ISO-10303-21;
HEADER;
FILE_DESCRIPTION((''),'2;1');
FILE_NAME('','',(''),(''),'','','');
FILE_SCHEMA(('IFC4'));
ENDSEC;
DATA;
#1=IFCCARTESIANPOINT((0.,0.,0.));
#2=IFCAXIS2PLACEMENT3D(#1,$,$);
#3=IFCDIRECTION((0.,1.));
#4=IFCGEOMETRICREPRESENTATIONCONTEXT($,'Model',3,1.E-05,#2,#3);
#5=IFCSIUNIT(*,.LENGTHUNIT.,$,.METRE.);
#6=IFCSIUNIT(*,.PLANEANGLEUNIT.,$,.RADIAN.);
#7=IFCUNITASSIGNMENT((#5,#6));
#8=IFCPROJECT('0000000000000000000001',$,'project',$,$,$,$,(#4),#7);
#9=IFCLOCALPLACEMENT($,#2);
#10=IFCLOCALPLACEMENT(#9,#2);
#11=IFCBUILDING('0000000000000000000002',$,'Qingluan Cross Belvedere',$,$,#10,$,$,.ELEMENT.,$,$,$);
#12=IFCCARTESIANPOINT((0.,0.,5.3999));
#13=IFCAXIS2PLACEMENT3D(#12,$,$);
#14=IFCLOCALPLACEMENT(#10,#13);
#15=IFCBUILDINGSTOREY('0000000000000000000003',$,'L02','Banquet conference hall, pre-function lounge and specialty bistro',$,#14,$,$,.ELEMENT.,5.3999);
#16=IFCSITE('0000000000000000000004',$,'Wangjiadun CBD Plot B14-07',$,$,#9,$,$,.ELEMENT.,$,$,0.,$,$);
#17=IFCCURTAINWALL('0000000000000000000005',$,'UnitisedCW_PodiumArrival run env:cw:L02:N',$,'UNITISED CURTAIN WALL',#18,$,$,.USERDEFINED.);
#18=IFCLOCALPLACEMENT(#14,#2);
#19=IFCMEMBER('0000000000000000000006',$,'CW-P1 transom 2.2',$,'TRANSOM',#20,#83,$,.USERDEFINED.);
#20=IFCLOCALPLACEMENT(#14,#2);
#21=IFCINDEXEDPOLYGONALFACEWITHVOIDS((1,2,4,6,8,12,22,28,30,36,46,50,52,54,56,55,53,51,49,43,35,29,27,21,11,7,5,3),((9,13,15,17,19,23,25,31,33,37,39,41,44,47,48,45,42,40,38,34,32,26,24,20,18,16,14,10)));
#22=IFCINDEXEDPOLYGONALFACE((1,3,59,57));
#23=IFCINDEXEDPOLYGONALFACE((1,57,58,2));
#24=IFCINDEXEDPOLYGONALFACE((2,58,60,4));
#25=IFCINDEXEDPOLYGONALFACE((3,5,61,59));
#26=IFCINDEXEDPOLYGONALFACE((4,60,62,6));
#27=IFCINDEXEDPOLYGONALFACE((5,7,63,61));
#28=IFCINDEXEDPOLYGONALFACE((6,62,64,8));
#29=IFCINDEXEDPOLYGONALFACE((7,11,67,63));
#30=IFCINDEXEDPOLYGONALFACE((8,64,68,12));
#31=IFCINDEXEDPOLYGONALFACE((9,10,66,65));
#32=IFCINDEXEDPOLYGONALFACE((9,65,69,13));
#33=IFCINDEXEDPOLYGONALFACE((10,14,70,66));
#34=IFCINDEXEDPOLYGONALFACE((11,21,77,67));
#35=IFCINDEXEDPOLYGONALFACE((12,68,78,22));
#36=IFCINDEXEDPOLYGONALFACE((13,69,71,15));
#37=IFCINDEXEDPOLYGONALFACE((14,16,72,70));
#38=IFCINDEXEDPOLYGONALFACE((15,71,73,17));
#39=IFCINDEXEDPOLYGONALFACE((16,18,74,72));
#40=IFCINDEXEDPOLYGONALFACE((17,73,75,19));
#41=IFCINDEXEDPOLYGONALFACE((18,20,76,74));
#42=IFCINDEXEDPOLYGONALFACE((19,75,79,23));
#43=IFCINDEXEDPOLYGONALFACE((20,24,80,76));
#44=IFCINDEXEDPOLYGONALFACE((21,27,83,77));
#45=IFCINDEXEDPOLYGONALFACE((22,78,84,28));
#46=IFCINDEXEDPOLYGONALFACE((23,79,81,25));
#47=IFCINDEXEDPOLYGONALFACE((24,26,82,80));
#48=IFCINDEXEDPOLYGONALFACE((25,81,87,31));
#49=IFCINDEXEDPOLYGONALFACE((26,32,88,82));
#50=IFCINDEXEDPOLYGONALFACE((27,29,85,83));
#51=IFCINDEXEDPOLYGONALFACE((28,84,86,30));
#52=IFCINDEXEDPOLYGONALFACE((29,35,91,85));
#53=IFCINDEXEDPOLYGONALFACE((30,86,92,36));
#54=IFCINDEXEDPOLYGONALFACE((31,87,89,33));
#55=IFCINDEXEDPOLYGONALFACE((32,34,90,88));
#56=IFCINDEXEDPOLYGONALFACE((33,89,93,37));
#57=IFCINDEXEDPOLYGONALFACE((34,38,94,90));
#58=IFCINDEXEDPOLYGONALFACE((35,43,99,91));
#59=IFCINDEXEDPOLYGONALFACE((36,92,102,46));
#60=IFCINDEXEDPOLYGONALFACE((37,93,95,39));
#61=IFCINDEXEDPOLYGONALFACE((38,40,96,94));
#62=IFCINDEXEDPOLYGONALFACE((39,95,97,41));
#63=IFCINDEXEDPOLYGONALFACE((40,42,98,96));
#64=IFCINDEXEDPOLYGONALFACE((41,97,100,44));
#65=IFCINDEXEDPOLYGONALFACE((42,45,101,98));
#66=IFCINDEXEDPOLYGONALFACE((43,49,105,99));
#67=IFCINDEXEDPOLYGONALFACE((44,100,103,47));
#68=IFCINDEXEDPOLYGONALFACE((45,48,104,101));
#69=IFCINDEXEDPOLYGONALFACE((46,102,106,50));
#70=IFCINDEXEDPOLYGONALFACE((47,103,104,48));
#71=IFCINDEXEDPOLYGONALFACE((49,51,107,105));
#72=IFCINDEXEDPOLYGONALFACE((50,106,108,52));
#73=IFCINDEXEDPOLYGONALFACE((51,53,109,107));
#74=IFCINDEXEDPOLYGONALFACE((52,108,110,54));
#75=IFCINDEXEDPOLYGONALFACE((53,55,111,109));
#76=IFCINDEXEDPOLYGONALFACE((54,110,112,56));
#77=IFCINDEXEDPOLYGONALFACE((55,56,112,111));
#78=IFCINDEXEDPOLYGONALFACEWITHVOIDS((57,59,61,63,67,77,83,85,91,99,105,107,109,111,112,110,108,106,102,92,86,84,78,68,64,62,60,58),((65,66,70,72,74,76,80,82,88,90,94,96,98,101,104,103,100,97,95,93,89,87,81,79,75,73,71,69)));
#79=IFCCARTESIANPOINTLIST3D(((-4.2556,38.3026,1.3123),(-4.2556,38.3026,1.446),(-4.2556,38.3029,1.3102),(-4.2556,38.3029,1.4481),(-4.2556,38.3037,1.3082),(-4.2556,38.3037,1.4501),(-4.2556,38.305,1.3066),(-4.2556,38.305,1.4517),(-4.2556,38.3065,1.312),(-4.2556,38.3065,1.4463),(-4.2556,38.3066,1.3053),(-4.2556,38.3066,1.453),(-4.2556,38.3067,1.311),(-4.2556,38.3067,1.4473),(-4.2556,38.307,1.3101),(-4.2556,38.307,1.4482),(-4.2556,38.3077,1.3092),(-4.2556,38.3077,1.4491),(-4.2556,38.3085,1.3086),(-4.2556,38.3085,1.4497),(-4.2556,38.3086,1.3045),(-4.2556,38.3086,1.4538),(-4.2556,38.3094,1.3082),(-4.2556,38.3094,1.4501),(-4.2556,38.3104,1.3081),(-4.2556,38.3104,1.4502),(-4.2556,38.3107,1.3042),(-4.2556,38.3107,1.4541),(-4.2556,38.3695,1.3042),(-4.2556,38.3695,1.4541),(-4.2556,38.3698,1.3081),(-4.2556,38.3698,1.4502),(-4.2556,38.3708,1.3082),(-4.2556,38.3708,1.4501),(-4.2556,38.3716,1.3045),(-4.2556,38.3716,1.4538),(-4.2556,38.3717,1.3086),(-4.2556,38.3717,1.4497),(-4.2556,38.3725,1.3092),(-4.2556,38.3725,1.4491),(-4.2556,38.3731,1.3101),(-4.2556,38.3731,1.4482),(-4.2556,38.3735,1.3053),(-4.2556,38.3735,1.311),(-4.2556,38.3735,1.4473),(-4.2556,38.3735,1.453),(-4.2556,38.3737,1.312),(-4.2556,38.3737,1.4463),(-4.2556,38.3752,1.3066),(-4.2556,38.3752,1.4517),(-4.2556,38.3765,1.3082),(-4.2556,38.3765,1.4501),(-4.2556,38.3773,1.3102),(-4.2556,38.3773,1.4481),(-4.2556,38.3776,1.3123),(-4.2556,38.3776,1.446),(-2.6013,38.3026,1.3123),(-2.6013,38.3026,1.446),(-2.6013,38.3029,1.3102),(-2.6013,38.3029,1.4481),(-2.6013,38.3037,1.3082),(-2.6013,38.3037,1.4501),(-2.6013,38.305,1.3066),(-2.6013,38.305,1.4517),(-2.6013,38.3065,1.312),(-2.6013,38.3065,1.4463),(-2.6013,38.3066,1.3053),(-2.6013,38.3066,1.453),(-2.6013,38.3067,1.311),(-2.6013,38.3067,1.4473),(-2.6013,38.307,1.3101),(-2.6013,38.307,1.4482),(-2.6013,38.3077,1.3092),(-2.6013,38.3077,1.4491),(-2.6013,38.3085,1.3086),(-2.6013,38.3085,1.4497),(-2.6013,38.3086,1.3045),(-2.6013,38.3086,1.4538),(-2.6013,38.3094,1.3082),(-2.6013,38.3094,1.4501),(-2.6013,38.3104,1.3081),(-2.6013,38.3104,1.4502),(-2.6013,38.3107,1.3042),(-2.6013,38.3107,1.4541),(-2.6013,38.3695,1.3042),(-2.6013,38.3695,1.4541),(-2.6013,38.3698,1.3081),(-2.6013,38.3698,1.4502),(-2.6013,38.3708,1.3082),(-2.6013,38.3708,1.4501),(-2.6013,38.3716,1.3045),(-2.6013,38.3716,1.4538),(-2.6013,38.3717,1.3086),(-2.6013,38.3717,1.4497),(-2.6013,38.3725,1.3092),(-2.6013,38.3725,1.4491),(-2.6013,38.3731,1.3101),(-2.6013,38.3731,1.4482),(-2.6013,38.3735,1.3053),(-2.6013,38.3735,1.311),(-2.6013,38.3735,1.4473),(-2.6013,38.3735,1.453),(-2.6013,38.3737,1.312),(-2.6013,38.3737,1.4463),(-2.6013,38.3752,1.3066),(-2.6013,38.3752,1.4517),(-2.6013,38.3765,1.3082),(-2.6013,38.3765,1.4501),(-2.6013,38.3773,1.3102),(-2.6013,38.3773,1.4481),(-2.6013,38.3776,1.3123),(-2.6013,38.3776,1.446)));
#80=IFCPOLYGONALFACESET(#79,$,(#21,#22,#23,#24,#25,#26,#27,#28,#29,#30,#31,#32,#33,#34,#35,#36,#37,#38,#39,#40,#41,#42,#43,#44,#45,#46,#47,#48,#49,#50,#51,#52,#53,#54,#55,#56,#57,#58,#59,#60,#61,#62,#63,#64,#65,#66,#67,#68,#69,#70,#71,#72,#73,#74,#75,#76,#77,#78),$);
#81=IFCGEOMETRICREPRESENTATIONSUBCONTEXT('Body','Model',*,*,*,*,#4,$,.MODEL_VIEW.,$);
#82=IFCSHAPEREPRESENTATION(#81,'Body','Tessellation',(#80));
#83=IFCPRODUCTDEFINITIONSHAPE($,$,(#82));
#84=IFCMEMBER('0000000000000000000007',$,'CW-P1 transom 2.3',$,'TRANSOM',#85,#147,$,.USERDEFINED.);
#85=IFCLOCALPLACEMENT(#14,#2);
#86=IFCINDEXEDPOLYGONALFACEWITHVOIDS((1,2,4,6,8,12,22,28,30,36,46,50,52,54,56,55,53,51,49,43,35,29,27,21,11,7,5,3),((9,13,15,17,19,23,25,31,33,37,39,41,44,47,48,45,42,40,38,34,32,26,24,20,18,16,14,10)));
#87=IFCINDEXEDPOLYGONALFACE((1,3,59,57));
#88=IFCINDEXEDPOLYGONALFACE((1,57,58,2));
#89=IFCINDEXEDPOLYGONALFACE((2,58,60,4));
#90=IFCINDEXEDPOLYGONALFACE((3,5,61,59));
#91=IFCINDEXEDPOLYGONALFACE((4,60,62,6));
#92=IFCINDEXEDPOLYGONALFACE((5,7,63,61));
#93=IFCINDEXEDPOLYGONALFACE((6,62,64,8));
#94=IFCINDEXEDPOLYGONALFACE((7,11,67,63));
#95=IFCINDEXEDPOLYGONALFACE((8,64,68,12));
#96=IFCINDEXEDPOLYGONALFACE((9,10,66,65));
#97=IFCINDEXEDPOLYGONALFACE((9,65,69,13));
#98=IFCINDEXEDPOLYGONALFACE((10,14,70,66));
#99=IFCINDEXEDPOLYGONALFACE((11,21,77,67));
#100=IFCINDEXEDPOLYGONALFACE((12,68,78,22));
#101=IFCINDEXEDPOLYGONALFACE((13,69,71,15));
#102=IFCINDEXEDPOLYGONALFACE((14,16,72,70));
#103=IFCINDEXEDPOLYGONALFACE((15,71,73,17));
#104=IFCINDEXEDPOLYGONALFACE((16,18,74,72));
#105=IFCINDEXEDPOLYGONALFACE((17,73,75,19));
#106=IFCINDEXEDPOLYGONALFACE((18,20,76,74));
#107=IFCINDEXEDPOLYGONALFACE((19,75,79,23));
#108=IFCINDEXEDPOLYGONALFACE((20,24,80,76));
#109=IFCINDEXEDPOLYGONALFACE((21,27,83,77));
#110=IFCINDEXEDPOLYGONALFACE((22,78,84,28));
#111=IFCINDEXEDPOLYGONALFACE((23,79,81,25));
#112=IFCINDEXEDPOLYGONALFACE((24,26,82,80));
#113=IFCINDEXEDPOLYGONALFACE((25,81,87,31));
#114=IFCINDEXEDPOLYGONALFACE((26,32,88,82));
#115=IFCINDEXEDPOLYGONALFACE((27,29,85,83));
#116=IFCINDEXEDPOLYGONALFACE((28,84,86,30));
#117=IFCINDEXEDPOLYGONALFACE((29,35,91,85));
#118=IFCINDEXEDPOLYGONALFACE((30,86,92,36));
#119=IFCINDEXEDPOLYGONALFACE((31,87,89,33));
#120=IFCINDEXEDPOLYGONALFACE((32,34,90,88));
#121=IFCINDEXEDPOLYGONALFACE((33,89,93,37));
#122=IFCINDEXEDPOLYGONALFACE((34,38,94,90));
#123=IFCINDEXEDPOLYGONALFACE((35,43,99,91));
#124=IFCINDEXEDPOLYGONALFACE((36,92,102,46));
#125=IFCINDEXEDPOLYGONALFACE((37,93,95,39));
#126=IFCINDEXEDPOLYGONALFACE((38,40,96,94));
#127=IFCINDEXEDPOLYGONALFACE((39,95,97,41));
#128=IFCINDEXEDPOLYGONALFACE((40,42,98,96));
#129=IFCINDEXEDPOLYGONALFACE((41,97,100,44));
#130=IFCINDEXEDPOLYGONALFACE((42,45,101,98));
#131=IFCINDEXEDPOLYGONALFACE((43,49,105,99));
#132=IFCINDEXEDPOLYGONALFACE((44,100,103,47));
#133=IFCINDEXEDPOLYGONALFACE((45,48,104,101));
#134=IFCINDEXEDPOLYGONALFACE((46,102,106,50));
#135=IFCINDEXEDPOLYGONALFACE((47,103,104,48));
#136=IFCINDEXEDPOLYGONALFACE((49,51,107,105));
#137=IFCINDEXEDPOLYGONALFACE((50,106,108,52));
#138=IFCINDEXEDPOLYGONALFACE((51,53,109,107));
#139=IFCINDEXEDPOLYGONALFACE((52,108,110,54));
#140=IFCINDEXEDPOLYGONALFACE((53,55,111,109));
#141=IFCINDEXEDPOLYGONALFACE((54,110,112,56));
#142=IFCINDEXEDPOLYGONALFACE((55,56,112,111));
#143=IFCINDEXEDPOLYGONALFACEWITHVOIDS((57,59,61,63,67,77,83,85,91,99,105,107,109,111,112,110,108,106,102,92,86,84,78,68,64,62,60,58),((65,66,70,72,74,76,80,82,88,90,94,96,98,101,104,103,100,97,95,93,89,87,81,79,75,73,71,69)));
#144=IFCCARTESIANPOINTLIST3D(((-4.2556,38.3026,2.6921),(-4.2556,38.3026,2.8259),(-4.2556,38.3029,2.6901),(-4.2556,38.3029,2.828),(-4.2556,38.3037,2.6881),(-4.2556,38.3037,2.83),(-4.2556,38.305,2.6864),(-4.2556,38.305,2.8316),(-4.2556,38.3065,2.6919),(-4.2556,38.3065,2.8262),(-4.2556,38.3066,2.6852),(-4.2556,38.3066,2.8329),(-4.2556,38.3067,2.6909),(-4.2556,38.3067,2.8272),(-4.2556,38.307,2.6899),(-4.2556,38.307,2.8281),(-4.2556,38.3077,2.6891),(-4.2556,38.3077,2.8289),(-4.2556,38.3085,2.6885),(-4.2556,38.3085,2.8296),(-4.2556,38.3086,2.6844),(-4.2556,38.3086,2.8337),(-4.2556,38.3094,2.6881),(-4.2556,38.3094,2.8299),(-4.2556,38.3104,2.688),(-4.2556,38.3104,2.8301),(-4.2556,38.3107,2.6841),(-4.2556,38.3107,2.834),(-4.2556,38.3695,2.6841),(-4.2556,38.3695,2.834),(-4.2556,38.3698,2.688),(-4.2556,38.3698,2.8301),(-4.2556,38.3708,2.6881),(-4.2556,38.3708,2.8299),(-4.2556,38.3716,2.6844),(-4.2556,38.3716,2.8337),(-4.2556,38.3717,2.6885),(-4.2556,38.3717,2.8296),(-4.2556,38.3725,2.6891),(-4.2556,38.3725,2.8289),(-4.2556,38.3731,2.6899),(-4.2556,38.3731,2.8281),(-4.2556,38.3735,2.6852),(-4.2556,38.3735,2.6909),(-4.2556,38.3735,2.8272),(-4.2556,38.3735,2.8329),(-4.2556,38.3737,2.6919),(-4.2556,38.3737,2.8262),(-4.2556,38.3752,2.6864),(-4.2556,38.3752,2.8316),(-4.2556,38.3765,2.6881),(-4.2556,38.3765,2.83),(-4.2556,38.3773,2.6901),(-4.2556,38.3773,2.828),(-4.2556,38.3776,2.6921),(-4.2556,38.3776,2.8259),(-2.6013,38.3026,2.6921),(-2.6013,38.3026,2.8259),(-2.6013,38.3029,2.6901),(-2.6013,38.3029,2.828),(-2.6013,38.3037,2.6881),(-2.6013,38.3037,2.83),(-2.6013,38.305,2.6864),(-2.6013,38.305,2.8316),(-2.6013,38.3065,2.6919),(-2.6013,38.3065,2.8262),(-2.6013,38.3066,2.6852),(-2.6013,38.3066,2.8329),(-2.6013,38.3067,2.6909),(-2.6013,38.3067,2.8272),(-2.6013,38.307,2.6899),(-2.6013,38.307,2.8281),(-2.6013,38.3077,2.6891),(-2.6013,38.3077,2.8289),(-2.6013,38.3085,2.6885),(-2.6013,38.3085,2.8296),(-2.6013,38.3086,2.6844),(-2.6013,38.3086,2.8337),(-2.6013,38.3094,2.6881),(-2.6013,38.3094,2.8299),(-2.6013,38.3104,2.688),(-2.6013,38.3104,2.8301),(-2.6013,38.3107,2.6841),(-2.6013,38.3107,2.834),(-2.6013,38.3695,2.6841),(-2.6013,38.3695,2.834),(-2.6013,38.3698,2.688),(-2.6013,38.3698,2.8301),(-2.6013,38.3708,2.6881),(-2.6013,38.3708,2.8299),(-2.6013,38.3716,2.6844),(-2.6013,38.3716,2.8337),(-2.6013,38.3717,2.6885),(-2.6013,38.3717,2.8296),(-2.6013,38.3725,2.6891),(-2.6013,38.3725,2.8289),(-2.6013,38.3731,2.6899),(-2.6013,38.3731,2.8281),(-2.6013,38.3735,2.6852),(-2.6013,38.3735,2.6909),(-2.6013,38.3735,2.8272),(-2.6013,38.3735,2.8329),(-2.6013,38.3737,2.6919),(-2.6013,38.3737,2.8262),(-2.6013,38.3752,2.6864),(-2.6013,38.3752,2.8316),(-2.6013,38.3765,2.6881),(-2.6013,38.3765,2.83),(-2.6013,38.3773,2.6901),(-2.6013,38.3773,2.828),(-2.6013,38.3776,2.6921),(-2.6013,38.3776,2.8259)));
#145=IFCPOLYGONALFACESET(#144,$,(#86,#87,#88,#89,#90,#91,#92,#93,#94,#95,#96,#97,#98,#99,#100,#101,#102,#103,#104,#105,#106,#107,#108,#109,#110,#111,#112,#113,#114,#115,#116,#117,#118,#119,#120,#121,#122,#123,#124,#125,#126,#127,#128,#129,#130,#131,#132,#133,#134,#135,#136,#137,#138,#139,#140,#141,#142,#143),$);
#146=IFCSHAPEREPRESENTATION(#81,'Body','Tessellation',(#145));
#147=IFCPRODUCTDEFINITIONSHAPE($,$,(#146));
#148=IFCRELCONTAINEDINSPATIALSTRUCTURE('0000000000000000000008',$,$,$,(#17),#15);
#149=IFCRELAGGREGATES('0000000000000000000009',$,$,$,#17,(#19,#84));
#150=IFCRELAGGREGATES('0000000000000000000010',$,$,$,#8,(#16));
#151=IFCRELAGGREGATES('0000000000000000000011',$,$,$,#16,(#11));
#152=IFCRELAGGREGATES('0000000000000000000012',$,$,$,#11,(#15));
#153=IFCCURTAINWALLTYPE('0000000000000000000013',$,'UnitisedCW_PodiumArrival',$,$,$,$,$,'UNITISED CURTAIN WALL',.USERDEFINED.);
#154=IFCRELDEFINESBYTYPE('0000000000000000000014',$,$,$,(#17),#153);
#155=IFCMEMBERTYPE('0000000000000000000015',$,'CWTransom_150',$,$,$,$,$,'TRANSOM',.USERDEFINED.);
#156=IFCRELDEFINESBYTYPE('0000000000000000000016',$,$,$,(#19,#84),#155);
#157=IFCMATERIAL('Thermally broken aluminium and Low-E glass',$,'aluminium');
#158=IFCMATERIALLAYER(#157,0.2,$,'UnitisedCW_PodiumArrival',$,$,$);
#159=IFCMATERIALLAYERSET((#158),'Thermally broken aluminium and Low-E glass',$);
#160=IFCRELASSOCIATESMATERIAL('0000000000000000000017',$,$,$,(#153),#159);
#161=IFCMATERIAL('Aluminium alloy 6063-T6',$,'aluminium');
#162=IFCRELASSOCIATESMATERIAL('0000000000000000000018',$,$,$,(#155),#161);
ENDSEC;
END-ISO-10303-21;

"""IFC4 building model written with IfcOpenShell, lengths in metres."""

from ifc_helpers import new_model, si_unit, direction, frame, origin, origin_2d, place, context, subcontext, project, spatial, hollow_rectangle, extrude, material, layer, layer_set, material_profile, profile_set, type_object, element, aggregate, save


model = new_model("IFC4")

# Units and contexts
model_context = context("Model", 3, precision=1e-05, world=origin(), true_north=direction((0.0, 1.0)))
body_context = subcontext(model_context, "Body", "Model", "MODEL_VIEW")
ifc_project = project(units=[si_unit("LENGTHUNIT", "METRE"), si_unit("PLANEANGLEUNIT", "RADIAN")], contexts=[model_context])

# Site, building, storey
site_placement = place(None, origin())
site = spatial("IfcSite", under=ifc_project, at=site_placement, Name="Wangjiadun CBD Plot B14-07", CompositionType="ELEMENT", RefElevation=0.0)
building_placement = place(site_placement, origin())
building = spatial("IfcBuilding", under=site, at=building_placement, Name="Qingluan Cross Belvedere", CompositionType="ELEMENT")
storey_placement = place(building_placement, frame((0.0, 0.0, 5.3999)))
storey = spatial("IfcBuildingStorey", under=building, at=storey_placement, Name="L02", Description="Banquet conference hall, pre-function lounge and specialty bistro", CompositionType="ELEMENT", Elevation=5.3999)

# Curtain wall, members
ifc_material_1 = material(Name="Thermally broken aluminium and Low-E glass", Category="aluminium")
ifc_layer_1 = layer(ifc_material_1, 0.2, Name="UnitisedCW_PodiumArrival")
ifc_layer_set_1 = layer_set([ifc_layer_1], Name="Thermally broken aluminium and Low-E glass")
curtain_wall_type = type_object("IfcCurtainWallType", Name="UnitisedCW_PodiumArrival", ElementType="UNITISED CURTAIN WALL", PredefinedType="USERDEFINED", material=ifc_layer_set_1)
curtain_wall_placement = place(storey_placement, origin())
curtain_wall = element("IfcCurtainWall", 1, at=curtain_wall_placement, inside=storey, type_object=curtain_wall_type, Name="UnitisedCW_PodiumArrival run env:cw:L02:N", ObjectType="UNITISED CURTAIN WALL", PredefinedType="USERDEFINED")
ifc_material_2 = material(Name="Aluminium alloy 6063-T6", Category="aluminium")
ifc_material_profile_1 = material_profile(ifc_material_2, hollow_rectangle(XDim=0.075, YDim=0.1499, WallThickness=0.0039, InnerFilletRadius=0.0039, OuterFilletRadius=0.0081, at=origin_2d()), Name="CWT150x75x4")
ifc_profile_set_1 = profile_set([ifc_material_profile_1], Name="Aluminium alloy 6063-T6")
member_type_1 = type_object("IfcMemberType", Name="CWTransom_150", ElementType="TRANSOM", PredefinedType="USERDEFINED", material=ifc_profile_set_1)
member_1_placement = place(storey_placement, frame((-4.2556, 38.3401, 1.3792), z_axis=(1.0, 0.0, 0.0), x_axis=(0.0, 1.0, 0.0)))
member_1 = element("IfcMember", 2, at=member_1_placement, type_object=member_type_1, Name="CW-P1 transom 2.2", ObjectType="TRANSOM", PredefinedType="USERDEFINED", context=body_context, shape_type="SweptSolid", body=[
    extrude(hollow_rectangle(XDim=0.075, YDim=0.1499, WallThickness=0.0039, InnerFilletRadius=0.0039, OuterFilletRadius=0.0081, at=origin_2d()), origin(), (0.0, 0.0, 1.0), 1.6543),
])
member_2_placement = place(storey_placement, frame((-4.2556, 38.3401, 2.759), z_axis=(1.0, 0.0, 0.0), x_axis=(0.0, 1.0, 0.0)))
member_2 = element("IfcMember", 3, at=member_2_placement, type_object=member_type_1, Name="CW-P1 transom 2.3", ObjectType="TRANSOM", PredefinedType="USERDEFINED", context=body_context, shape_type="SweptSolid", body=[
    extrude(hollow_rectangle(XDim=0.075, YDim=0.1499, WallThickness=0.0039, InnerFilletRadius=0.0039, OuterFilletRadius=0.0081, at=origin_2d()), origin(), (0.0, 0.0, 1.0), 1.6543),
])

aggregate(curtain_wall, [member_1, member_2])

save(model, "model.ifc")
